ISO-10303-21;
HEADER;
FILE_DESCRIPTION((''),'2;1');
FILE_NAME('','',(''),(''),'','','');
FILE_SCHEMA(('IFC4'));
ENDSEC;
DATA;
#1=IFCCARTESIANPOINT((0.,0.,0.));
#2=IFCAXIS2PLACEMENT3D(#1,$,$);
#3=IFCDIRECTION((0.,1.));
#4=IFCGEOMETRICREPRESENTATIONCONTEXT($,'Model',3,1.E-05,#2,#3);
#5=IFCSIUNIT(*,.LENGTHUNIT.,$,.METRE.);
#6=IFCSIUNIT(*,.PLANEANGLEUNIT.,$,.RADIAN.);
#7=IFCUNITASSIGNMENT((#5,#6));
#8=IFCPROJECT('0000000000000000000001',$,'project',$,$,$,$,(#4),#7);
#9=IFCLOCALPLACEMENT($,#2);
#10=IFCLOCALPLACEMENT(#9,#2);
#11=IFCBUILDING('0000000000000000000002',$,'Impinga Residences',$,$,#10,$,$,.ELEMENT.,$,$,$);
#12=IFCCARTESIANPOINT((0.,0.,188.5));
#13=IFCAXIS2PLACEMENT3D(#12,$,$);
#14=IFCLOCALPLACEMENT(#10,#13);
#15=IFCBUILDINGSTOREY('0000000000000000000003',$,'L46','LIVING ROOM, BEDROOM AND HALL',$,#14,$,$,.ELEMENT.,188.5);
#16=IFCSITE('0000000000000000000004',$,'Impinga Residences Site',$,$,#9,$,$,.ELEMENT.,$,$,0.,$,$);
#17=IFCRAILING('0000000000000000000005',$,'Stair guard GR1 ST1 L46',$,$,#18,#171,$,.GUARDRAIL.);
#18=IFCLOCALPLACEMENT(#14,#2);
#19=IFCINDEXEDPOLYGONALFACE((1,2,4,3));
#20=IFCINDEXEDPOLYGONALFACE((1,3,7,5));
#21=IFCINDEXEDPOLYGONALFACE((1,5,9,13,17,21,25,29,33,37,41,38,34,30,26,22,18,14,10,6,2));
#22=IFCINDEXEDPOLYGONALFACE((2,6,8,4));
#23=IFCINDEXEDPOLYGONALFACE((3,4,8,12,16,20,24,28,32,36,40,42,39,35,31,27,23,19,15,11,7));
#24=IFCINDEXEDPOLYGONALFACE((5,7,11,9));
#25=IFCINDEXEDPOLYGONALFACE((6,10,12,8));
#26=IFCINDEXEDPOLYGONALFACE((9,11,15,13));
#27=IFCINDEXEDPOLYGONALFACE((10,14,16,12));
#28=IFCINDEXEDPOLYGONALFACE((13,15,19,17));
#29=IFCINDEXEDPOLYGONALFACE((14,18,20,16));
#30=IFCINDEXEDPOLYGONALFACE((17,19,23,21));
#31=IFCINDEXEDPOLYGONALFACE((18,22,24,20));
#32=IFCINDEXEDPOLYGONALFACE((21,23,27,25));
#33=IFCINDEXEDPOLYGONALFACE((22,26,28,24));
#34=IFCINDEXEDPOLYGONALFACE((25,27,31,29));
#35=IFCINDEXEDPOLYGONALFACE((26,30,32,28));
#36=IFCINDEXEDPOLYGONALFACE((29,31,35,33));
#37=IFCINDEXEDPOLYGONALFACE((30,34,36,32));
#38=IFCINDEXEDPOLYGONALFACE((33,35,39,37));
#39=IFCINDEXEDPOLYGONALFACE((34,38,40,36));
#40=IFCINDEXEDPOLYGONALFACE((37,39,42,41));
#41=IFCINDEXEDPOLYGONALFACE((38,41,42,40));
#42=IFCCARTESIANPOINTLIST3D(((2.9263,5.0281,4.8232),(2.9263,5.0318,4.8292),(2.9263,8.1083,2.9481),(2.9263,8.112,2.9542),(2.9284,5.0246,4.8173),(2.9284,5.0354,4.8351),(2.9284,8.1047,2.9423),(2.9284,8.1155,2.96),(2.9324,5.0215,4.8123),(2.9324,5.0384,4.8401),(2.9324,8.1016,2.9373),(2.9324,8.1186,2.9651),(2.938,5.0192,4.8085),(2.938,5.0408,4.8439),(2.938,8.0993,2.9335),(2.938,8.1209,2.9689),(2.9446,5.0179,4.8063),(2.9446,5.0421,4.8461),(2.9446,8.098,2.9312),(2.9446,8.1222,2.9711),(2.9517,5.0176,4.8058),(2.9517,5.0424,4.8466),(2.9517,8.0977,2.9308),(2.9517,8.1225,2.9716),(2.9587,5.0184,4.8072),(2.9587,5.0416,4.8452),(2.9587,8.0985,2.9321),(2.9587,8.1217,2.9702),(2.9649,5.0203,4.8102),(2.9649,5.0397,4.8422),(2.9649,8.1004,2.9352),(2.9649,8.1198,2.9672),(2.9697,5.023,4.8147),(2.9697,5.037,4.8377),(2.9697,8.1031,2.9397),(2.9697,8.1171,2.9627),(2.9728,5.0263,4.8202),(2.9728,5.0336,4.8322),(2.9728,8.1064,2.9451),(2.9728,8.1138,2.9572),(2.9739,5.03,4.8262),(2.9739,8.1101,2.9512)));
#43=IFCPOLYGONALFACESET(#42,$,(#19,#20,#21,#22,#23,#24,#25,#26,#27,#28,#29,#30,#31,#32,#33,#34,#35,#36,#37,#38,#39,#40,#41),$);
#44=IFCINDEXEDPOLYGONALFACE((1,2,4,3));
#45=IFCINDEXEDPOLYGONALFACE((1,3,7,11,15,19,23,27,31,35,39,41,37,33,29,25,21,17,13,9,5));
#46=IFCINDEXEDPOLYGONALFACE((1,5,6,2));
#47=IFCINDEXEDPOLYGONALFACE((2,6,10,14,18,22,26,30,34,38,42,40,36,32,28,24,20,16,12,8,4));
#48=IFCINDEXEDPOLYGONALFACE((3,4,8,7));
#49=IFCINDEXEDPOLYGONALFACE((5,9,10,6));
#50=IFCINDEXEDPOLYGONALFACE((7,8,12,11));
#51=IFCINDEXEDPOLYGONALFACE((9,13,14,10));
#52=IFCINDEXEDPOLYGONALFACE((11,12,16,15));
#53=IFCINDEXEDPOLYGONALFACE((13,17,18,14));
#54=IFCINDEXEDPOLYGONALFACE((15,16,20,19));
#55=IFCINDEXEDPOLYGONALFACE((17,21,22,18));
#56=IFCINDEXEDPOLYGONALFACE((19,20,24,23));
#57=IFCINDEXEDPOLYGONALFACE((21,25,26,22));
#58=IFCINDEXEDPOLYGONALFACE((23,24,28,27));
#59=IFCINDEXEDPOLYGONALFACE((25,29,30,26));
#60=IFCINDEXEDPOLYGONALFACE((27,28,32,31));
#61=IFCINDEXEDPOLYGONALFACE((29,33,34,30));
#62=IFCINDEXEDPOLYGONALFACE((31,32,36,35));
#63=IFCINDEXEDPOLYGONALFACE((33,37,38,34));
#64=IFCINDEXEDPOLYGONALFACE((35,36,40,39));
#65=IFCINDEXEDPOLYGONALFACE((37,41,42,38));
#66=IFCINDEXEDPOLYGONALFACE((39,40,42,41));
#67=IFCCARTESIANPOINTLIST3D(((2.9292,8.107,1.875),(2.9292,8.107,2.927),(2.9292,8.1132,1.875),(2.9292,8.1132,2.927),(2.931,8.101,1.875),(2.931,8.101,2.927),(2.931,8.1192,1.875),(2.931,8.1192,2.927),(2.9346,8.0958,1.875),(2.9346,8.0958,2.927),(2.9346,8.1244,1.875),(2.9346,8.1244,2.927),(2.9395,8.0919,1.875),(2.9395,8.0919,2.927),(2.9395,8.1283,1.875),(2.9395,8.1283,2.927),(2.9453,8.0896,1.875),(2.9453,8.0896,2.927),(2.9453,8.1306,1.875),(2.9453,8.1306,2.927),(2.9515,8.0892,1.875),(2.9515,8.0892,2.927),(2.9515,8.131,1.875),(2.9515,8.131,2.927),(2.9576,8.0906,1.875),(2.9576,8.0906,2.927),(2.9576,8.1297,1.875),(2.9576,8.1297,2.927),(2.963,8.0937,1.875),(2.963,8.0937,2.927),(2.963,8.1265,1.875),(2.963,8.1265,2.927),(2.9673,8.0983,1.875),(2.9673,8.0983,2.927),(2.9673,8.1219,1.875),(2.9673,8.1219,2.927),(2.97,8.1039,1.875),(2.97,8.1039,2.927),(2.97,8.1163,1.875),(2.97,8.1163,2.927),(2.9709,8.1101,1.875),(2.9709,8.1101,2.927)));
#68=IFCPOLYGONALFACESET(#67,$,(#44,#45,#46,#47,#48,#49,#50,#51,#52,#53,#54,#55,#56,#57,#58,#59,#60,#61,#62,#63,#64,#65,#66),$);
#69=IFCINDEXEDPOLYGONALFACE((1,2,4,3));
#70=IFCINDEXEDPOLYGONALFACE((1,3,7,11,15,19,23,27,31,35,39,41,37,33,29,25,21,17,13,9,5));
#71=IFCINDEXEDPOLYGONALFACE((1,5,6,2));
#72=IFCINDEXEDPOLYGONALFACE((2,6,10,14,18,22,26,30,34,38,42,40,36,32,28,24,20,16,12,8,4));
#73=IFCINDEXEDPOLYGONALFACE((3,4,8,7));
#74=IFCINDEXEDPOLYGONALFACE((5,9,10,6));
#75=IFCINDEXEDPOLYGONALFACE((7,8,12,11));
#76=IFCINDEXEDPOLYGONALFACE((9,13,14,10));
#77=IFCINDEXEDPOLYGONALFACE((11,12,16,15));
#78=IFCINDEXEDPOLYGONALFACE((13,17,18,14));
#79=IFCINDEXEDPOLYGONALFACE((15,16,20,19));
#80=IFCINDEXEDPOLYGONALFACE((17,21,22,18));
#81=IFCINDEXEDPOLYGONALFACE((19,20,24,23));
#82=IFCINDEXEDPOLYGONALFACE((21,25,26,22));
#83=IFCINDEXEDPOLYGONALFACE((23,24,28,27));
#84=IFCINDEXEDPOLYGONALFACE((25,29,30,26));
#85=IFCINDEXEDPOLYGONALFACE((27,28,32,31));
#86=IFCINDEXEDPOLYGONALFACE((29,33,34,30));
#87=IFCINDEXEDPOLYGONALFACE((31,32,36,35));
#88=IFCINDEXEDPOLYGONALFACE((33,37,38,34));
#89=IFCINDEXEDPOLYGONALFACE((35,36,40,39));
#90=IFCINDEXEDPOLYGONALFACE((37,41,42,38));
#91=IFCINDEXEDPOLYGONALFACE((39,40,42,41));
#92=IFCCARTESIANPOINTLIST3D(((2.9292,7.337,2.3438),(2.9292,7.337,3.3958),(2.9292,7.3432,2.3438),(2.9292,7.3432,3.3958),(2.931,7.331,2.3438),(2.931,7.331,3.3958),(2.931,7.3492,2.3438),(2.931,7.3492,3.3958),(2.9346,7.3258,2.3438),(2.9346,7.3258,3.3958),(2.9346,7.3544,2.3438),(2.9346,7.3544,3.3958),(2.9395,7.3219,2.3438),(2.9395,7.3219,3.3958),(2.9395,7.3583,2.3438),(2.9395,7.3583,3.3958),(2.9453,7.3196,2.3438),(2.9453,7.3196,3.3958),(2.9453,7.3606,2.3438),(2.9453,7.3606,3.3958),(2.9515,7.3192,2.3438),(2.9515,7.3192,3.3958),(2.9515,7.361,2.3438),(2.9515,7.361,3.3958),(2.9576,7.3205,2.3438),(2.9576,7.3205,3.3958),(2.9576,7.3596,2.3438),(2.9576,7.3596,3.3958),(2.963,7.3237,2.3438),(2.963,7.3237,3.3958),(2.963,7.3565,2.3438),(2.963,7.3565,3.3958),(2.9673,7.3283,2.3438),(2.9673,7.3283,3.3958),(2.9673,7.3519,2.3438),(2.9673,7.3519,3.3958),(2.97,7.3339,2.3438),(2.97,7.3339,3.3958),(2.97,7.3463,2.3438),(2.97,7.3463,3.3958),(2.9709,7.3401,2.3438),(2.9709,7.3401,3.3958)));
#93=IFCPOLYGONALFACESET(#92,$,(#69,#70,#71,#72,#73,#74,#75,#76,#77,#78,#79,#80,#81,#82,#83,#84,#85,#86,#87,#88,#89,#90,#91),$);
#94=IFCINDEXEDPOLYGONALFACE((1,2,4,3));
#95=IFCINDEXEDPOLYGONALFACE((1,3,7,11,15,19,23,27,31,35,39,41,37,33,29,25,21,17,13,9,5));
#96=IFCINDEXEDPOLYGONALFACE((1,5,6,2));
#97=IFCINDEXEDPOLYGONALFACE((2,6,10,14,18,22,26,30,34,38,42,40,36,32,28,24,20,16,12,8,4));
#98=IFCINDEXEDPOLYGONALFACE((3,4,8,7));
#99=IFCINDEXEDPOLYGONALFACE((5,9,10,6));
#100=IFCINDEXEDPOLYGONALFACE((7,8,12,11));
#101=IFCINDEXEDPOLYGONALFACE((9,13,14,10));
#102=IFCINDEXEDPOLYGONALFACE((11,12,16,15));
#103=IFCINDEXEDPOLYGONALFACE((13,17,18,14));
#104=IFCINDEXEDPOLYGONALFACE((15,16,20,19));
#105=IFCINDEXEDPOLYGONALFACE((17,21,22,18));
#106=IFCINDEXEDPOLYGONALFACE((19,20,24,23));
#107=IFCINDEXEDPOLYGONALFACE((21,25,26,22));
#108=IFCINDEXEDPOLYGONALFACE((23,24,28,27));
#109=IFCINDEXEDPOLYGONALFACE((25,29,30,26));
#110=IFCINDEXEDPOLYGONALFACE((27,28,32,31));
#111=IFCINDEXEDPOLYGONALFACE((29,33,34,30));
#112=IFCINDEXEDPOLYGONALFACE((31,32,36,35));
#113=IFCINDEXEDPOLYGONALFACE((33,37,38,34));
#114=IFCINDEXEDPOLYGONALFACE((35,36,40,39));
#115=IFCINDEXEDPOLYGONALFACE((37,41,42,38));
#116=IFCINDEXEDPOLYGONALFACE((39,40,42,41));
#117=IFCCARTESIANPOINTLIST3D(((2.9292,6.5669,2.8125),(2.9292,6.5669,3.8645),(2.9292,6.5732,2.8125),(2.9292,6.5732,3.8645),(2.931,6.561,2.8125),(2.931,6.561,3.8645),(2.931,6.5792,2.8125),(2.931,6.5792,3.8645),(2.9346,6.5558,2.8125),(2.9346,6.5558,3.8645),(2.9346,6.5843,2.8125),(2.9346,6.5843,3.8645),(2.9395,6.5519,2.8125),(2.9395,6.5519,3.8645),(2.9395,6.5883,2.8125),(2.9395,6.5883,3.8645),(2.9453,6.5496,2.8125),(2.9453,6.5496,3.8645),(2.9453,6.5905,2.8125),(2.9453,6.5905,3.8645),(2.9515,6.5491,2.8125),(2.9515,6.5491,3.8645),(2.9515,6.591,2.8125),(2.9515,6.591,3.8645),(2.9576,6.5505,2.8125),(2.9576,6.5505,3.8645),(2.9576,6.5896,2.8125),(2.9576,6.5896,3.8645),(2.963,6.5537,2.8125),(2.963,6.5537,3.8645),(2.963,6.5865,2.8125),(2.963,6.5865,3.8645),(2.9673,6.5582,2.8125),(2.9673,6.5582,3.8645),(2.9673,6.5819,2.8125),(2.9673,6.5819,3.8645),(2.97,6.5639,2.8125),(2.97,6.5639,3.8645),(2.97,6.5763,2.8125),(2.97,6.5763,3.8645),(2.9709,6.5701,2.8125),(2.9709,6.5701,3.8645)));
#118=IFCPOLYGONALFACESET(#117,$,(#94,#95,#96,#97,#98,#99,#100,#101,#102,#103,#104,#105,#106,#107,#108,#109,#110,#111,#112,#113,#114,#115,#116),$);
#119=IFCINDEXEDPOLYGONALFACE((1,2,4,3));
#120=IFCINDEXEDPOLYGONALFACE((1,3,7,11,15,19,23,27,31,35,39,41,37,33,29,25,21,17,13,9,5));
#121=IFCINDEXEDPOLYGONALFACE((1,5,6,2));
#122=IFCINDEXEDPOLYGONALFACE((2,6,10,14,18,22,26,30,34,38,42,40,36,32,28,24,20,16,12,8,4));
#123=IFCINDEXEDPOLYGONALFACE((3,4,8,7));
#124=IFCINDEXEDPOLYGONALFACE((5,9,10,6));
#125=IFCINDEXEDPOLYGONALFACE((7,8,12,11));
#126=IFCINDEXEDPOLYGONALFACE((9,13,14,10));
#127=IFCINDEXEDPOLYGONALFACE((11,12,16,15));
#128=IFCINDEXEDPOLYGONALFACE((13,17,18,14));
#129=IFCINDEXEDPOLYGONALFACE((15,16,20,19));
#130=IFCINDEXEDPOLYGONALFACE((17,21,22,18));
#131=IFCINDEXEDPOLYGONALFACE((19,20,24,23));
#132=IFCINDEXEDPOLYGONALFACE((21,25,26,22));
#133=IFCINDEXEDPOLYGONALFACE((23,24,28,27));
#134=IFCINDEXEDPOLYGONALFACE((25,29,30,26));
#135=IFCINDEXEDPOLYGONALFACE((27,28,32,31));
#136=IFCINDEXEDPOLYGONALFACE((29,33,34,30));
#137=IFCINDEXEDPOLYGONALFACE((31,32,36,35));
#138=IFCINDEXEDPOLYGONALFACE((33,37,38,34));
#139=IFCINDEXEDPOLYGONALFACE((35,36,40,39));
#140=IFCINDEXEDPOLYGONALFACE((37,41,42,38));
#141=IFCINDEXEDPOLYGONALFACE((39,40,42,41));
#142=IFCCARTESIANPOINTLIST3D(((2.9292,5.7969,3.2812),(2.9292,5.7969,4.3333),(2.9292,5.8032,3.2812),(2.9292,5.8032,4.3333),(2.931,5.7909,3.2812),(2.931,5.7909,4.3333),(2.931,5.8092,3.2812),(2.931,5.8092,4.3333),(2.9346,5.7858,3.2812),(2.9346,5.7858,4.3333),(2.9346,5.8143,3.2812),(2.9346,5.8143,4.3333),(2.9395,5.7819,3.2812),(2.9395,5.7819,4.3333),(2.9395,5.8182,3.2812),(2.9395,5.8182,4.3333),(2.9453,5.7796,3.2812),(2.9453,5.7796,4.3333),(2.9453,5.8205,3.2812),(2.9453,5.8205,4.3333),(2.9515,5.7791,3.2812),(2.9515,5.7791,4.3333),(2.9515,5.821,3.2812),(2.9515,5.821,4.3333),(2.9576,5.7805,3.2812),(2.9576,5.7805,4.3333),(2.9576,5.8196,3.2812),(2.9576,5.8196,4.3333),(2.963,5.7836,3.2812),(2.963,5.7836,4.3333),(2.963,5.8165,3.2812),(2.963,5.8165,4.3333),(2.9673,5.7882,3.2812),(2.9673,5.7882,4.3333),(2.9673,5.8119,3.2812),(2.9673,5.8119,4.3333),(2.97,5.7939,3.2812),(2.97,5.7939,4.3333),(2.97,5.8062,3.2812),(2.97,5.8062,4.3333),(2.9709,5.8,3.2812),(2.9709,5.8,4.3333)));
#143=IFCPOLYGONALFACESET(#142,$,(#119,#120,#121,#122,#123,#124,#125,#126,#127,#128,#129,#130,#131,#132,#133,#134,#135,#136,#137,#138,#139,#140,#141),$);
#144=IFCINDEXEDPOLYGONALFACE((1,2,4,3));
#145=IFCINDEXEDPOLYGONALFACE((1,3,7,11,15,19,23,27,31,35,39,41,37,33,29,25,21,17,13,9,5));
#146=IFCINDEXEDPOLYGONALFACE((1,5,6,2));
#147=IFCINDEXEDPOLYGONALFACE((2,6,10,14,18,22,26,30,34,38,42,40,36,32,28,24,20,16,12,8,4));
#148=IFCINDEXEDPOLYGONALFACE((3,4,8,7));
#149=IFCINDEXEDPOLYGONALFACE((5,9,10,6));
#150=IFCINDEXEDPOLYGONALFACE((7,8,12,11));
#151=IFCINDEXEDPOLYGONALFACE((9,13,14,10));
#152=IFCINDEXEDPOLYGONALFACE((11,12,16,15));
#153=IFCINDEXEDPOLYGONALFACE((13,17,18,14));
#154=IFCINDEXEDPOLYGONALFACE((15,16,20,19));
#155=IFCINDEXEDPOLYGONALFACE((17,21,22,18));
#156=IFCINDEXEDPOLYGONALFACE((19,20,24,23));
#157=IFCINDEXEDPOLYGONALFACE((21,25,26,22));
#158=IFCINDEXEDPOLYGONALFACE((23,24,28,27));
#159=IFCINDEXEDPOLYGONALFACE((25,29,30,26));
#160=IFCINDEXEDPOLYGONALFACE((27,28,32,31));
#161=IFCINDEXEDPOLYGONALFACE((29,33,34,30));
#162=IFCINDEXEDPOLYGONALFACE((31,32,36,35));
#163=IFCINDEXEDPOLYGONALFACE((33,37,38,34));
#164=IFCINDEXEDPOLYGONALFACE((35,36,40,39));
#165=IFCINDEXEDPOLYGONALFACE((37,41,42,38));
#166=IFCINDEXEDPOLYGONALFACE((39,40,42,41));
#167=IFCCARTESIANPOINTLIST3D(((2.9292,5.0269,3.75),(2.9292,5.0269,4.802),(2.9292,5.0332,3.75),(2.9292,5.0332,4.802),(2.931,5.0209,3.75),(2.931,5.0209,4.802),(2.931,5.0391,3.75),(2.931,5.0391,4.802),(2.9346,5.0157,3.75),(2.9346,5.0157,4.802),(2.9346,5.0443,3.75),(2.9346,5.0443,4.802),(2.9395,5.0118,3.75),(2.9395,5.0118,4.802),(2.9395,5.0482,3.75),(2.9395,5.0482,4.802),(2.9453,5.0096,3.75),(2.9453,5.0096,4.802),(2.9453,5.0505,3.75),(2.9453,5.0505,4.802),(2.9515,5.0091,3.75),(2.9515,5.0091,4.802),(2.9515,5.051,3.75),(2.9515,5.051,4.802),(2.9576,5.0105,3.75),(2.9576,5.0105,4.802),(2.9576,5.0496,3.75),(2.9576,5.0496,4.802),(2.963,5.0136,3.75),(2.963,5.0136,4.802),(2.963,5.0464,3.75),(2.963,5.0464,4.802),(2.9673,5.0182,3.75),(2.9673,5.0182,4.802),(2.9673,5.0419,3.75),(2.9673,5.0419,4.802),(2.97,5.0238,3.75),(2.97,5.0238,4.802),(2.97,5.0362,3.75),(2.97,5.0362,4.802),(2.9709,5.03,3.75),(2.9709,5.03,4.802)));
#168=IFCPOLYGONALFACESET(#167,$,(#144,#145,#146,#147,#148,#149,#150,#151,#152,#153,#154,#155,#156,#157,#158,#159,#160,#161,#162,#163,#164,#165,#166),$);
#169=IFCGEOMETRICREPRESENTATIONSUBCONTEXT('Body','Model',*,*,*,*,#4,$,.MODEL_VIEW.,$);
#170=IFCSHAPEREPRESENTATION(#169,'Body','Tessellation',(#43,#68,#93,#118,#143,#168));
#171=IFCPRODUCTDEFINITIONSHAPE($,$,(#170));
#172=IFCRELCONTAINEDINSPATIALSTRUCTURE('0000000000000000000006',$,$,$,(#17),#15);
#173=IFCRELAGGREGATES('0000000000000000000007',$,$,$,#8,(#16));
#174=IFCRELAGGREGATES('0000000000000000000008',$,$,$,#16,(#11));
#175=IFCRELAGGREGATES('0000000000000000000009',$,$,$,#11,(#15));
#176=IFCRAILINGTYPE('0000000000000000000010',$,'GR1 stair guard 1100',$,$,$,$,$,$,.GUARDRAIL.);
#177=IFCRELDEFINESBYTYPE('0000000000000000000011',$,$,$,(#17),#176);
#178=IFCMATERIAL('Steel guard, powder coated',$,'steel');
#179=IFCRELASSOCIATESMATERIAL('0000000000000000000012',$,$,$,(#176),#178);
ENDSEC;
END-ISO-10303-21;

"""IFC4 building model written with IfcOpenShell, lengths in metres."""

from ifc_helpers import new_model, si_unit, direction, frame, origin, origin_2d, place, context, subcontext, project, spatial, circle, extrude, material, type_object, element, save


model = new_model("IFC4")

# Units and contexts
model_context = context("Model", 3, precision=1e-05, world=origin(), true_north=direction((0.0, 1.0)))
body_context = subcontext(model_context, "Body", "Model", "MODEL_VIEW")
ifc_project = project(units=[si_unit("LENGTHUNIT", "METRE"), si_unit("PLANEANGLEUNIT", "RADIAN")], contexts=[model_context])

# Site, building, storey
site_placement = place(None, origin())
site = spatial("IfcSite", under=ifc_project, at=site_placement, Name="Impinga Residences Site", CompositionType="ELEMENT", RefElevation=0.0)
building_placement = place(site_placement, origin())
building = spatial("IfcBuilding", under=site, at=building_placement, Name="Impinga Residences", CompositionType="ELEMENT")
storey_placement = place(building_placement, frame((0.0, 0.0, 188.5)))
storey = spatial("IfcBuildingStorey", under=building, at=storey_placement, Name="L46", Description="LIVING ROOM, BEDROOM AND HALL", CompositionType="ELEMENT", Elevation=188.5)

# Railing
ifc_material_1 = material(Name="Steel guard, powder coated", Category="steel")
railing_type_1 = type_object("IfcRailingType", Name="GR1 stair guard 1100", PredefinedType="GUARDRAIL", material=ifc_material_1)
railing_1_placement = place(storey_placement, frame((2.95, 8.1101, 1.875)))
element("IfcRailing", 1, at=railing_1_placement, inside=storey, type_object=railing_type_1, Name="Stair guard GR1 ST1 L46", PredefinedType="GUARDRAIL", context=body_context, shape_type="SweptSolid", body=[
    extrude(circle(Radius=0.0239, at=origin_2d()), frame((0.0, 0.0, 1.0762), z_axis=(0.0, -0.854178, 0.519981), x_axis=(1.0, 0.0, 0.0)), (0.0, 0.0, 1.0), 3.606),
    extrude(circle(Radius=0.021, at=origin_2d()), origin(), (0.0, 0.0, 1.0), 1.052),
    extrude(circle(Radius=0.021, at=origin_2d()), frame((0.0, -0.77, 0.4688)), (0.0, 0.0, 1.0), 1.052),
    extrude(circle(Radius=0.021, at=origin_2d()), frame((0.0, -1.54, 0.9375)), (0.0, 0.0, 1.0), 1.052),
    extrude(circle(Radius=0.021, at=origin_2d()), frame((0.0, -2.3101, 1.4062)), (0.0, 0.0, 1.0), 1.052),
    extrude(circle(Radius=0.021, at=origin_2d()), frame((0.0, -3.0801, 1.875)), (0.0, 0.0, 1.0), 1.052),
])

save(model, "model.ifc")
